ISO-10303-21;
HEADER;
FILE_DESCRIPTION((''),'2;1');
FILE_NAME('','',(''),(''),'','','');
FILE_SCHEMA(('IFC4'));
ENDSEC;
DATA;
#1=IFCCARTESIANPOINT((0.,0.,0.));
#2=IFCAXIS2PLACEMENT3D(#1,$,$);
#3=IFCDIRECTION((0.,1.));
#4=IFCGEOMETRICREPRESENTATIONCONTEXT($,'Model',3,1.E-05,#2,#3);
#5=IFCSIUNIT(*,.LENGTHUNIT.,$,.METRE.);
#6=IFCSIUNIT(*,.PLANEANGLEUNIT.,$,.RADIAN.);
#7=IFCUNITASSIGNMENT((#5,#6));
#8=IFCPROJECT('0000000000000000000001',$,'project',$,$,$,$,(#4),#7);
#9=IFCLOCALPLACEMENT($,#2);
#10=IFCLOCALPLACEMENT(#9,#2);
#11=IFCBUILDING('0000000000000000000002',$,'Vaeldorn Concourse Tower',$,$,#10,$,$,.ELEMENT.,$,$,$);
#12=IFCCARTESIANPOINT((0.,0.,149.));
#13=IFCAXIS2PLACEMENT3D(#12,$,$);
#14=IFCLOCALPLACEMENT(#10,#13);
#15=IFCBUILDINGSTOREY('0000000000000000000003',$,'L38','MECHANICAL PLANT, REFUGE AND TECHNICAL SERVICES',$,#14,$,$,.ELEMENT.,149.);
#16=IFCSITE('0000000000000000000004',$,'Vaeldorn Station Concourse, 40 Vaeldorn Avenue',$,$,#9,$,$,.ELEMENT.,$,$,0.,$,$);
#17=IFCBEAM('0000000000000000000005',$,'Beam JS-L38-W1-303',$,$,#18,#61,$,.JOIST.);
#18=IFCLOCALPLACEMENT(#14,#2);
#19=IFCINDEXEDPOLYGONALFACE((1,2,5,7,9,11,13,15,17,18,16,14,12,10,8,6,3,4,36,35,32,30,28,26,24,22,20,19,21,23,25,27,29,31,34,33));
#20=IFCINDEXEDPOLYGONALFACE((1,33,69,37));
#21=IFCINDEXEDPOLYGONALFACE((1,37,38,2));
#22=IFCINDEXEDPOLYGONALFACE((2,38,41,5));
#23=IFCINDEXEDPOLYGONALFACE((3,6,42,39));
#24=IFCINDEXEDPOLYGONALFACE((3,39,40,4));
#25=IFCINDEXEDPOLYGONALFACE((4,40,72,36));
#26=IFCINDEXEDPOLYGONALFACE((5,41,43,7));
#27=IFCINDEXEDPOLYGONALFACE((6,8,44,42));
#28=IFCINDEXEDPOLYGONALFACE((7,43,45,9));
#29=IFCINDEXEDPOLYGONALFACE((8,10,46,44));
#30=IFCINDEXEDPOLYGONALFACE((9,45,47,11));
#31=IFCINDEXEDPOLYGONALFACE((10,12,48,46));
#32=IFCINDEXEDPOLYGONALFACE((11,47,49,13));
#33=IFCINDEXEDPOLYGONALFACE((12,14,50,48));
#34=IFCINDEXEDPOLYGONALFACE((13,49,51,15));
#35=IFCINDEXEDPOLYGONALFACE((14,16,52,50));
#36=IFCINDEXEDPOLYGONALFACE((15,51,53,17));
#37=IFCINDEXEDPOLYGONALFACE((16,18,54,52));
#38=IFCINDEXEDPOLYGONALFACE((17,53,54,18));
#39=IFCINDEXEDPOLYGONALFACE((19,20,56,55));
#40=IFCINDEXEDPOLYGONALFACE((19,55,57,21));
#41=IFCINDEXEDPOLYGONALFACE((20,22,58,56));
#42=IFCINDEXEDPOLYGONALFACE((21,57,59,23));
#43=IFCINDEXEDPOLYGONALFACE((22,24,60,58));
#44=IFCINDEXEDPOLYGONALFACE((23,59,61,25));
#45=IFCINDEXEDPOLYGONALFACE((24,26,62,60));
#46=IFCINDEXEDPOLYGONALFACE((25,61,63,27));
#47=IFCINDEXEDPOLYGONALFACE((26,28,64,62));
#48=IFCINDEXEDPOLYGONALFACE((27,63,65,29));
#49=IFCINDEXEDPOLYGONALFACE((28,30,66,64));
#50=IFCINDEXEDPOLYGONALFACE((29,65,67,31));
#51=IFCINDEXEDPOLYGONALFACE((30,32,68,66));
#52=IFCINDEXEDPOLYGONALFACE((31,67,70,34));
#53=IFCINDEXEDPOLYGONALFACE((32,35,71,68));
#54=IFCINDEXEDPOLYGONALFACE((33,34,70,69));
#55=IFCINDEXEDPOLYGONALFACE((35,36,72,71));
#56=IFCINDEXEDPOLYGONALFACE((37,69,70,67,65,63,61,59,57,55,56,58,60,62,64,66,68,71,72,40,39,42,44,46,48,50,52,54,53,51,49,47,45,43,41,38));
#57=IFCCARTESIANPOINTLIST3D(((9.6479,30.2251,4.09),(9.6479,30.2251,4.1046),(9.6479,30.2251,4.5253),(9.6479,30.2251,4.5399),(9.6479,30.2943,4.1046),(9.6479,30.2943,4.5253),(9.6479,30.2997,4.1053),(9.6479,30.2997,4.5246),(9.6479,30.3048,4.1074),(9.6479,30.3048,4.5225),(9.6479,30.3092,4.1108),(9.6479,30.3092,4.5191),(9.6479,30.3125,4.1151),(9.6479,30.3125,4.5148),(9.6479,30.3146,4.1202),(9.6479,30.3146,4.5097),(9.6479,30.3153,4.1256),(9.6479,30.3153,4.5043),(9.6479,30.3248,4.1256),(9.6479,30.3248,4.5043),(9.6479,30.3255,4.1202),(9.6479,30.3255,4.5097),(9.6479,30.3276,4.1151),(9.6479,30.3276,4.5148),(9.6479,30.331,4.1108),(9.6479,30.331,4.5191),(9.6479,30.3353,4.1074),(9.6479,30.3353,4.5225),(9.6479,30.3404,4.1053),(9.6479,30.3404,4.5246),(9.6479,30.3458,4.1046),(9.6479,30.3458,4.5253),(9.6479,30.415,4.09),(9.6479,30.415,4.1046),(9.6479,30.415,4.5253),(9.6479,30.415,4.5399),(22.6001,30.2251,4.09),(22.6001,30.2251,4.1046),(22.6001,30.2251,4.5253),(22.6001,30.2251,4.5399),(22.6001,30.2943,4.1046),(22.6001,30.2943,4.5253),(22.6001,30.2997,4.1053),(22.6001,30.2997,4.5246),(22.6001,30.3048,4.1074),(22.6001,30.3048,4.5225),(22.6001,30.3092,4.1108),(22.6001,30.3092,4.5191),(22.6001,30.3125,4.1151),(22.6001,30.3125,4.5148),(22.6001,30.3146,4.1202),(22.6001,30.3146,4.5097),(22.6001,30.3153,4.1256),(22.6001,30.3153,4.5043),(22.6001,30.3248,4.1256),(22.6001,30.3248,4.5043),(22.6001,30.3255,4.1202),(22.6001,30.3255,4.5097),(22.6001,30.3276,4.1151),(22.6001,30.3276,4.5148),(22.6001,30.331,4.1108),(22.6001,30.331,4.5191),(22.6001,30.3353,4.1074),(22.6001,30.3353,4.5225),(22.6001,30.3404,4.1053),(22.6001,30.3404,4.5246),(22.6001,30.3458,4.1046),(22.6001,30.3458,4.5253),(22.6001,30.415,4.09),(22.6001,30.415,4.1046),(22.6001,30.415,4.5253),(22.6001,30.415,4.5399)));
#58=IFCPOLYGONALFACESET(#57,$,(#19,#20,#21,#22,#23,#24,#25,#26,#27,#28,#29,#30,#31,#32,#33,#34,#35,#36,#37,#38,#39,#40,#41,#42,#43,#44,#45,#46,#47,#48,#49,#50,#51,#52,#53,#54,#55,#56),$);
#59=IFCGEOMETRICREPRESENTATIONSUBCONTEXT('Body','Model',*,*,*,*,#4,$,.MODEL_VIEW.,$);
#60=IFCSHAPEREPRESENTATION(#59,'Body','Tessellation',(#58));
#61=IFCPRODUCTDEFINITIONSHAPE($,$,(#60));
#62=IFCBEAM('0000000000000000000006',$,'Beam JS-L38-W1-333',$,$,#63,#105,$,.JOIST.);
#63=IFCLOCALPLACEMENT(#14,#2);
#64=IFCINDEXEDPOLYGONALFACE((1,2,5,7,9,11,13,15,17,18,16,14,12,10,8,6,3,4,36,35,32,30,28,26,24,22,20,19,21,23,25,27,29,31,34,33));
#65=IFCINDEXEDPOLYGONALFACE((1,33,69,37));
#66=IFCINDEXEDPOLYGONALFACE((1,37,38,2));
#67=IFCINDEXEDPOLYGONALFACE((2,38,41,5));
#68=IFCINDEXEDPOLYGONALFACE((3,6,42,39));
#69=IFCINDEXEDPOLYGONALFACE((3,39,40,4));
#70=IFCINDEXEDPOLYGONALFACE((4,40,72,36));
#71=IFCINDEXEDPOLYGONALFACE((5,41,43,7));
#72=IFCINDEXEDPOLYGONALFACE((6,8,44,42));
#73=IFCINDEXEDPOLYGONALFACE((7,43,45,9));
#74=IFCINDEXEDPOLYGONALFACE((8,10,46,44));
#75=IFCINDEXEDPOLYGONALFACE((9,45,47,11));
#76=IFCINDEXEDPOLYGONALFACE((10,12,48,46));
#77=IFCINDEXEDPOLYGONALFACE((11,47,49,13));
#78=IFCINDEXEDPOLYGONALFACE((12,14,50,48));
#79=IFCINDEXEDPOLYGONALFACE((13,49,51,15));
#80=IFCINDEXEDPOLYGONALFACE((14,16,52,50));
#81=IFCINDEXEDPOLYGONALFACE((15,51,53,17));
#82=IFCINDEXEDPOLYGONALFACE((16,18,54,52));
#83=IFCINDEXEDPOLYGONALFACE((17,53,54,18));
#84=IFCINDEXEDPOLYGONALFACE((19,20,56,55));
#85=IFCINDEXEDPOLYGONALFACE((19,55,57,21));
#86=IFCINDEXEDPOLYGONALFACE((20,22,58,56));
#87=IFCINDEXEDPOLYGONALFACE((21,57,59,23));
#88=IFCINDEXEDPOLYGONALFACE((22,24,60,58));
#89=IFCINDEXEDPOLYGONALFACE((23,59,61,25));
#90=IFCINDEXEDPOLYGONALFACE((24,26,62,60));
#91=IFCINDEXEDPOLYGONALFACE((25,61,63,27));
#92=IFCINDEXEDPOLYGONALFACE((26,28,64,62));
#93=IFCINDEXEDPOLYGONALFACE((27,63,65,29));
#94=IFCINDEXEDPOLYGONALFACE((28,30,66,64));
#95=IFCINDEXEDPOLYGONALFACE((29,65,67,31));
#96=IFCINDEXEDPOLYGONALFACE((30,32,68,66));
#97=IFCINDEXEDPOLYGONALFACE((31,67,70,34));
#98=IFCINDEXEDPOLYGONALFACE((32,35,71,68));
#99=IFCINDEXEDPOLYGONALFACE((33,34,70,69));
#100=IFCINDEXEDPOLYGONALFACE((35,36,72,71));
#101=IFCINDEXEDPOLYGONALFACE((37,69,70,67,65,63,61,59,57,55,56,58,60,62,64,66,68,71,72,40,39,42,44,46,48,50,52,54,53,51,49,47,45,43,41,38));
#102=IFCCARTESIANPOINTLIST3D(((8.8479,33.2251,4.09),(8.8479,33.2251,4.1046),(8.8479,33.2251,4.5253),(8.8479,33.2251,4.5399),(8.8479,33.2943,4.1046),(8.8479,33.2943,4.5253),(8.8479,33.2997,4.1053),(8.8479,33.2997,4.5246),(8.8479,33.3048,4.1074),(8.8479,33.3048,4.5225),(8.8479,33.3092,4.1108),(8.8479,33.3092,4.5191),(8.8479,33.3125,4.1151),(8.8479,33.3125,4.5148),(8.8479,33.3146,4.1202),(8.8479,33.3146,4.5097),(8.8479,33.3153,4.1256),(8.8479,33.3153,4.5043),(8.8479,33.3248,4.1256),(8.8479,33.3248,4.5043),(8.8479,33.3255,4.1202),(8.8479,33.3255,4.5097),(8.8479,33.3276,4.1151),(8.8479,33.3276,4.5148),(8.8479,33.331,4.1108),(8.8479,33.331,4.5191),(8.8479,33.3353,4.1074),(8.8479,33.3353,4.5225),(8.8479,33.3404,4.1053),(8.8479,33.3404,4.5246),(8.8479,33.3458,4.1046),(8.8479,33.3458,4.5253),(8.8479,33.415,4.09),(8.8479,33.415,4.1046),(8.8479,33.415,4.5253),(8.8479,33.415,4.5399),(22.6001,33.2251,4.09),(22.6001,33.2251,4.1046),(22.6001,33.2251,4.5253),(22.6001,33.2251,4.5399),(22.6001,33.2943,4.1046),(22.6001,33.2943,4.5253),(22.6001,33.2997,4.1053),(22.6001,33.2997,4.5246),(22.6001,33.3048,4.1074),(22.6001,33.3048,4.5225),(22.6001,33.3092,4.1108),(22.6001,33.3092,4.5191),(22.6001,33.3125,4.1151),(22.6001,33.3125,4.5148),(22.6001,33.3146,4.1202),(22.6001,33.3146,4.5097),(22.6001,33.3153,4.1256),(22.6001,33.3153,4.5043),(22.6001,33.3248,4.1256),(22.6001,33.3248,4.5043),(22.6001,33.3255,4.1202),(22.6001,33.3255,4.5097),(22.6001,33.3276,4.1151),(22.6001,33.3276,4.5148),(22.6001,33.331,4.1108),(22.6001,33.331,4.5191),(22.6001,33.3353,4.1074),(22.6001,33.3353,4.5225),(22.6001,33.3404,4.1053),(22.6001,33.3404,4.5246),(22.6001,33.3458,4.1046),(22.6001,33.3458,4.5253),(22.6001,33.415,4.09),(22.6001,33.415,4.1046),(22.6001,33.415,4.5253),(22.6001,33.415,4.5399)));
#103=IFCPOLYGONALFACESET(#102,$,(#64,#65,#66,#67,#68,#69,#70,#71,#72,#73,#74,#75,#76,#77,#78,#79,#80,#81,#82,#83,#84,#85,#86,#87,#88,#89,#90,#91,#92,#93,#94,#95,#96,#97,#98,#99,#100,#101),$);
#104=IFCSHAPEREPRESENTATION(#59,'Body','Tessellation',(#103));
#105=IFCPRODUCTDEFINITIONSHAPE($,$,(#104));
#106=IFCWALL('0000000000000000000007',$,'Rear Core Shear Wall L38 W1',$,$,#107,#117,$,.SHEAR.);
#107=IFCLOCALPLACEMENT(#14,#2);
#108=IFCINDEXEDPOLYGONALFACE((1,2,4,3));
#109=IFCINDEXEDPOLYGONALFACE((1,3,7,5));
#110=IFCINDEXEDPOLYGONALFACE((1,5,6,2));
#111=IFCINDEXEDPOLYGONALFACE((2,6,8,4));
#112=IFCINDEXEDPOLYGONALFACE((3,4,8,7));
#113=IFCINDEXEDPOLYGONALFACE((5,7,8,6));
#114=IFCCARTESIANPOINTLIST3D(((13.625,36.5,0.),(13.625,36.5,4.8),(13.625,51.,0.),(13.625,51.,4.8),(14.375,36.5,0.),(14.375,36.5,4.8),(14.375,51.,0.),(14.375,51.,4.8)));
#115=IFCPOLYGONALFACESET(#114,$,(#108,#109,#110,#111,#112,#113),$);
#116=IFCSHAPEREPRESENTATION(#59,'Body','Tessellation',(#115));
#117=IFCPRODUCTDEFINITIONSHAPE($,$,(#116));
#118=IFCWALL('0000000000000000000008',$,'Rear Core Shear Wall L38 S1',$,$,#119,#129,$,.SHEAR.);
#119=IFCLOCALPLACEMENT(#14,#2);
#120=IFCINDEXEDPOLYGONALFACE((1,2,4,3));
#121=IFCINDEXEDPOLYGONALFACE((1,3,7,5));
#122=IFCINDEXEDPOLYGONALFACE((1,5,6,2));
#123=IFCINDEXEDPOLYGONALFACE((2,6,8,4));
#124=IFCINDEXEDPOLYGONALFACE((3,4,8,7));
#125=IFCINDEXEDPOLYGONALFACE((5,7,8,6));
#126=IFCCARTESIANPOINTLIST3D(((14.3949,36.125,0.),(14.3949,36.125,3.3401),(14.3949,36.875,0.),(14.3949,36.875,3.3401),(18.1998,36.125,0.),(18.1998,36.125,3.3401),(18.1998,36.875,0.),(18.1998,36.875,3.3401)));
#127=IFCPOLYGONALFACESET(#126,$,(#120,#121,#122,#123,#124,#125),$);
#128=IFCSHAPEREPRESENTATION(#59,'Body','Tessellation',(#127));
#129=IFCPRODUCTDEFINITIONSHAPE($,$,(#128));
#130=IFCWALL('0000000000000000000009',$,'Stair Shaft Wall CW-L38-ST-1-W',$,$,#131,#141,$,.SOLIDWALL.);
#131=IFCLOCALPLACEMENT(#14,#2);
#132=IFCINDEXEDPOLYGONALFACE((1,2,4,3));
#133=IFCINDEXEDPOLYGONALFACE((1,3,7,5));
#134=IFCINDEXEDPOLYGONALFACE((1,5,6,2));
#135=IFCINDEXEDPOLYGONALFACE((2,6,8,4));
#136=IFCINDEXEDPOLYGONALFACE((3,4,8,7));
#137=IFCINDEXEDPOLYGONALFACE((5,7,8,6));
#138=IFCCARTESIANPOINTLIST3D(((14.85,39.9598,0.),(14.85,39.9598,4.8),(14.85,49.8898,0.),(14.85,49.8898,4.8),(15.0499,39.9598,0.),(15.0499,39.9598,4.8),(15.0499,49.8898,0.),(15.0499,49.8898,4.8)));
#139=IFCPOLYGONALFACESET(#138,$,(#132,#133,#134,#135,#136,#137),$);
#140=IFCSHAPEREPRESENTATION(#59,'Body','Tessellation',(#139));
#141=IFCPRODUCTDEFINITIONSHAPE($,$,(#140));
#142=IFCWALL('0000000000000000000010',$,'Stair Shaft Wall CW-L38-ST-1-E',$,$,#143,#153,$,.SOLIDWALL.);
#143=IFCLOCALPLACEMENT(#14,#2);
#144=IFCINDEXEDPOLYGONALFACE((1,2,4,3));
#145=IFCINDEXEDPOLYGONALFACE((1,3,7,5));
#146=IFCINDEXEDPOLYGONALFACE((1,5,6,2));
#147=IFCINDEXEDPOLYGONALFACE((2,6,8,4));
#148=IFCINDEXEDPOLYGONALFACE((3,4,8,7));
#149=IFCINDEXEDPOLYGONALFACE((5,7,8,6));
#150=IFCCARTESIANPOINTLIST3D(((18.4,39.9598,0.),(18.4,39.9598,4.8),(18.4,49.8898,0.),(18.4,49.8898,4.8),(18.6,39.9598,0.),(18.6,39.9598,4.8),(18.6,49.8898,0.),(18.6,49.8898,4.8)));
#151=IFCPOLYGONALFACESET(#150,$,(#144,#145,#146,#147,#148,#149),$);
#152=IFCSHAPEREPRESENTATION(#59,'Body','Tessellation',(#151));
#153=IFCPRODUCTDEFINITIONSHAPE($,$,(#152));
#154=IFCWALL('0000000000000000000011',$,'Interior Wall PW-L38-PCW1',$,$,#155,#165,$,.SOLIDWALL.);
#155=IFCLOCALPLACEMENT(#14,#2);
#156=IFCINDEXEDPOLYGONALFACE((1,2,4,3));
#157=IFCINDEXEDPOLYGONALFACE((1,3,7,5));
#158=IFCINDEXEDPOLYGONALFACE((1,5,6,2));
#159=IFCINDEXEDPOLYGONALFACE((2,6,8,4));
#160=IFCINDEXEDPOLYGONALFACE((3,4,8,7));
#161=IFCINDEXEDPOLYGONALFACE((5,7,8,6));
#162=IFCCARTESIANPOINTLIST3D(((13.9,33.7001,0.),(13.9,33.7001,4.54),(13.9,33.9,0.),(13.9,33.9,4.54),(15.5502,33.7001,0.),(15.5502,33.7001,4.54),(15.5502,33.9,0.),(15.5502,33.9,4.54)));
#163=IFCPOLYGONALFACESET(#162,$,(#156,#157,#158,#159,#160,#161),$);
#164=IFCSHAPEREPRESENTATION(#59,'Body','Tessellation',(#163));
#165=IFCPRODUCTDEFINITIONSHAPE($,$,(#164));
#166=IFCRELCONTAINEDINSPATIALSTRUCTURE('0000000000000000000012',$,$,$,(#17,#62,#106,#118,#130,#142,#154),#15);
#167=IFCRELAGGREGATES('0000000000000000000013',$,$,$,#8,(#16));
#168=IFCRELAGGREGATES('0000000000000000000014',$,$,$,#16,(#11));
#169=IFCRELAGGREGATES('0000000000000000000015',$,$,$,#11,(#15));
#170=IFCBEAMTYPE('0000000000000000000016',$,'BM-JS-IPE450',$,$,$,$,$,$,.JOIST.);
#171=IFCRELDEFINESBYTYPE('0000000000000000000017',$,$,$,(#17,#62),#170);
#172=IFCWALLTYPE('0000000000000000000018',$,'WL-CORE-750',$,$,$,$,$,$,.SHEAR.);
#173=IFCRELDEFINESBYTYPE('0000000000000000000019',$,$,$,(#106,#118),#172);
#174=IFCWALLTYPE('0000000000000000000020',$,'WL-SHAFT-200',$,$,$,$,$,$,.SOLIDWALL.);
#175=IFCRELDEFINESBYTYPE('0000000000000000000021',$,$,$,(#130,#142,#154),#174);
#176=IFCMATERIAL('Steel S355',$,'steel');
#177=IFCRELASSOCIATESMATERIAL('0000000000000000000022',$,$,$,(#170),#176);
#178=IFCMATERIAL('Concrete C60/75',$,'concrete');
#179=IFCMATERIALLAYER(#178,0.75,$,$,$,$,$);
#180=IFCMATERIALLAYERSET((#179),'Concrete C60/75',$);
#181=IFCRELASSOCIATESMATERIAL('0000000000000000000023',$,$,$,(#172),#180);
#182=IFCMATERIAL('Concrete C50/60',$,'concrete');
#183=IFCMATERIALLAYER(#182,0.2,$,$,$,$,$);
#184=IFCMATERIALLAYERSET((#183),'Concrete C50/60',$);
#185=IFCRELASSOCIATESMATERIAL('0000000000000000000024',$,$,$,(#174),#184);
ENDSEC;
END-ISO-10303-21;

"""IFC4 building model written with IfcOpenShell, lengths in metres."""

from ifc_helpers import new_model, si_unit, direction, frame, frame_2d, origin, origin_2d, place, context, subcontext, project, spatial, rectangle, i_section, extrude, source, transform, mapped, material, layer, layer_set, material_profile, profile_set, type_object, element, save


model = new_model("IFC4")

# Units and contexts
model_context = context("Model", 3, precision=1e-05, world=origin(), true_north=direction((0.0, 1.0)))
body_context = subcontext(model_context, "Body", "Model", "MODEL_VIEW")
ifc_project = project(units=[si_unit("LENGTHUNIT", "METRE"), si_unit("PLANEANGLEUNIT", "RADIAN")], contexts=[model_context])

# Site, building, storey
site_placement = place(None, origin())
site = spatial("IfcSite", under=ifc_project, at=site_placement, Name="Vaeldorn Station Concourse, 40 Vaeldorn Avenue", CompositionType="ELEMENT", RefElevation=0.0)
building_placement = place(site_placement, origin())
building = spatial("IfcBuilding", under=site, at=building_placement, Name="Vaeldorn Concourse Tower", CompositionType="ELEMENT")
storey_placement = place(building_placement, frame((0.0, 0.0, 149.0)))
storey = spatial("IfcBuildingStorey", under=building, at=storey_placement, Name="L38", Description="MECHANICAL PLANT, REFUGE AND TECHNICAL SERVICES", CompositionType="ELEMENT", Elevation=149.0)

# Shared definitions
ifc_material_1 = material(Name="Concrete C50/60", Category="concrete")

# Beams
ifc_material_2 = material(Name="Concrete C60/75", Category="concrete")
ifc_material_3 = material(Name="Steel S355", Category="steel")
ifc_material_profile_1 = material_profile(ifc_material_3, i_section(OverallWidth=0.1899, OverallDepth=0.45, WebThickness=0.0095, FlangeThickness=0.0146, FilletRadius=0.021, at=origin_2d()), Name="IPE 450")
ifc_profile_set_1 = profile_set([ifc_material_profile_1], Name="Steel S355")
beam_type_1 = type_object("IfcBeamType", Name="BM-JS-IPE450", PredefinedType="JOIST", material=ifc_profile_set_1)
shared_shape_1 = source(origin(), body_context, "Body", "SweptSolid", [
    extrude(i_section(OverallWidth=0.1899, OverallDepth=0.45, WebThickness=0.0095, FlangeThickness=0.0146, FilletRadius=0.021, at=origin_2d()), origin(), (0.0, 0.0, 1.0), 12.9521),
])
beam_1_placement = place(storey_placement, frame((9.6479, 30.3201, 4.3149), z_axis=(1.0, 0.0, 0.0), x_axis=(0.0, 1.0, 0.0)))
element("IfcBeam", 1, at=beam_1_placement, inside=storey, type_object=beam_type_1, Name="Beam JS-L38-W1-303", PredefinedType="JOIST", context=body_context, shape_type="MappedRepresentation", body=[
    mapped(shared_shape_1, transform((0.0, 0.0, 0.0), scale=1.0)),
])
shared_shape_2 = source(origin(), body_context, "Body", "SweptSolid", [
    extrude(i_section(OverallWidth=0.1899, OverallDepth=0.45, WebThickness=0.0095, FlangeThickness=0.0146, FilletRadius=0.021, at=origin_2d()), origin(), (0.0, 0.0, 1.0), 13.7522),
])
beam_2_placement = place(storey_placement, frame((8.8479, 33.3201, 4.3149), z_axis=(1.0, 0.0, 0.0), x_axis=(0.0, 1.0, 0.0)))
element("IfcBeam", 2, at=beam_2_placement, inside=storey, type_object=beam_type_1, Name="Beam JS-L38-W1-333", PredefinedType="JOIST", context=body_context, shape_type="MappedRepresentation", body=[
    mapped(shared_shape_2, transform((0.0, 0.0, 0.0), scale=1.0)),
])

# Walls
ifc_layer_1 = layer(ifc_material_2, 0.75)
ifc_layer_set_1 = layer_set([ifc_layer_1], Name="Concrete C60/75")
wall_type_1 = type_object("IfcWallType", Name="WL-CORE-750", PredefinedType="SHEAR", material=ifc_layer_set_1)
wall_1_placement = place(storey_placement, frame((14.0, 36.5, 0.0), z_axis=(0.0, 0.0, 1.0), x_axis=(0.0, 1.0, 0.0)))
element("IfcWall", 3, at=wall_1_placement, inside=storey, type_object=wall_type_1, Name="Rear Core Shear Wall L38 W1", PredefinedType="SHEAR", context=body_context, shape_type="SweptSolid", body=[
    extrude(rectangle(XDim=14.5, YDim=0.75, at=frame_2d((7.25, 0.0))), origin(), (0.0, 0.0, 1.0), 4.8),
])
wall_2_placement = place(storey_placement, frame((14.395, 36.5, 0.0), z_axis=(0.0, 0.0, 1.0), x_axis=(1.0, 0.0, 0.0)))
element("IfcWall", 4, at=wall_2_placement, inside=storey, type_object=wall_type_1, Name="Rear Core Shear Wall L38 S1", PredefinedType="SHEAR", context=body_context, shape_type="SweptSolid", body=[
    extrude(rectangle(XDim=3.8049, YDim=0.75, at=frame_2d((1.9023, 0.0))), origin(), (0.0, 0.0, 1.0), 3.3401),
])

# Shared definitions
ifc_layer_2 = layer(ifc_material_1, 0.2)
ifc_layer_set_2 = layer_set([ifc_layer_2], Name="Concrete C50/60")
wall_type_2 = type_object("IfcWallType", Name="WL-SHAFT-200", PredefinedType="SOLIDWALL", material=ifc_layer_set_2)

# Walls
for number, where, z_axis, x_axis, name in (
    (5, (14.95, 39.96, 0.0), (0.0, 0.0, 1.0), (0.0, 1.0, 0.0), "Stair Shaft Wall CW-L38-ST-1-W"),
    (6, (18.5, 39.96, 0.0), (0.0, 0.0, 1.0), (0.0, 1.0, 0.0), "Stair Shaft Wall CW-L38-ST-1-E"),
):
    element("IfcWall", number, at=place(storey_placement, frame(where, z_axis=z_axis, x_axis=x_axis)), inside=storey, type_object=wall_type_2, Name=name, PredefinedType="SOLIDWALL", context=body_context, shape_type="SweptSolid", body=[
        extrude(rectangle(XDim=9.9299, YDim=0.2, at=frame_2d((4.9648, 0.0))), origin(), (0.0, 0.0, 1.0), 4.8),
    ])

# Wall
wall_3_placement = place(storey_placement, frame((13.8999, 33.8, 0.0), z_axis=(0.0, 0.0, 1.0), x_axis=(1.0, 0.0, 0.0)))
element("IfcWall", 7, at=wall_3_placement, inside=storey, type_object=wall_type_2, Name="Interior Wall PW-L38-PCW1", PredefinedType="SOLIDWALL", context=body_context, shape_type="SweptSolid", body=[
    extrude(rectangle(XDim=1.6501, YDim=0.2, at=frame_2d((0.8252, 0.0))), origin(), (0.0, 0.0, 1.0), 4.54),
])

save(model, "model.ifc")
